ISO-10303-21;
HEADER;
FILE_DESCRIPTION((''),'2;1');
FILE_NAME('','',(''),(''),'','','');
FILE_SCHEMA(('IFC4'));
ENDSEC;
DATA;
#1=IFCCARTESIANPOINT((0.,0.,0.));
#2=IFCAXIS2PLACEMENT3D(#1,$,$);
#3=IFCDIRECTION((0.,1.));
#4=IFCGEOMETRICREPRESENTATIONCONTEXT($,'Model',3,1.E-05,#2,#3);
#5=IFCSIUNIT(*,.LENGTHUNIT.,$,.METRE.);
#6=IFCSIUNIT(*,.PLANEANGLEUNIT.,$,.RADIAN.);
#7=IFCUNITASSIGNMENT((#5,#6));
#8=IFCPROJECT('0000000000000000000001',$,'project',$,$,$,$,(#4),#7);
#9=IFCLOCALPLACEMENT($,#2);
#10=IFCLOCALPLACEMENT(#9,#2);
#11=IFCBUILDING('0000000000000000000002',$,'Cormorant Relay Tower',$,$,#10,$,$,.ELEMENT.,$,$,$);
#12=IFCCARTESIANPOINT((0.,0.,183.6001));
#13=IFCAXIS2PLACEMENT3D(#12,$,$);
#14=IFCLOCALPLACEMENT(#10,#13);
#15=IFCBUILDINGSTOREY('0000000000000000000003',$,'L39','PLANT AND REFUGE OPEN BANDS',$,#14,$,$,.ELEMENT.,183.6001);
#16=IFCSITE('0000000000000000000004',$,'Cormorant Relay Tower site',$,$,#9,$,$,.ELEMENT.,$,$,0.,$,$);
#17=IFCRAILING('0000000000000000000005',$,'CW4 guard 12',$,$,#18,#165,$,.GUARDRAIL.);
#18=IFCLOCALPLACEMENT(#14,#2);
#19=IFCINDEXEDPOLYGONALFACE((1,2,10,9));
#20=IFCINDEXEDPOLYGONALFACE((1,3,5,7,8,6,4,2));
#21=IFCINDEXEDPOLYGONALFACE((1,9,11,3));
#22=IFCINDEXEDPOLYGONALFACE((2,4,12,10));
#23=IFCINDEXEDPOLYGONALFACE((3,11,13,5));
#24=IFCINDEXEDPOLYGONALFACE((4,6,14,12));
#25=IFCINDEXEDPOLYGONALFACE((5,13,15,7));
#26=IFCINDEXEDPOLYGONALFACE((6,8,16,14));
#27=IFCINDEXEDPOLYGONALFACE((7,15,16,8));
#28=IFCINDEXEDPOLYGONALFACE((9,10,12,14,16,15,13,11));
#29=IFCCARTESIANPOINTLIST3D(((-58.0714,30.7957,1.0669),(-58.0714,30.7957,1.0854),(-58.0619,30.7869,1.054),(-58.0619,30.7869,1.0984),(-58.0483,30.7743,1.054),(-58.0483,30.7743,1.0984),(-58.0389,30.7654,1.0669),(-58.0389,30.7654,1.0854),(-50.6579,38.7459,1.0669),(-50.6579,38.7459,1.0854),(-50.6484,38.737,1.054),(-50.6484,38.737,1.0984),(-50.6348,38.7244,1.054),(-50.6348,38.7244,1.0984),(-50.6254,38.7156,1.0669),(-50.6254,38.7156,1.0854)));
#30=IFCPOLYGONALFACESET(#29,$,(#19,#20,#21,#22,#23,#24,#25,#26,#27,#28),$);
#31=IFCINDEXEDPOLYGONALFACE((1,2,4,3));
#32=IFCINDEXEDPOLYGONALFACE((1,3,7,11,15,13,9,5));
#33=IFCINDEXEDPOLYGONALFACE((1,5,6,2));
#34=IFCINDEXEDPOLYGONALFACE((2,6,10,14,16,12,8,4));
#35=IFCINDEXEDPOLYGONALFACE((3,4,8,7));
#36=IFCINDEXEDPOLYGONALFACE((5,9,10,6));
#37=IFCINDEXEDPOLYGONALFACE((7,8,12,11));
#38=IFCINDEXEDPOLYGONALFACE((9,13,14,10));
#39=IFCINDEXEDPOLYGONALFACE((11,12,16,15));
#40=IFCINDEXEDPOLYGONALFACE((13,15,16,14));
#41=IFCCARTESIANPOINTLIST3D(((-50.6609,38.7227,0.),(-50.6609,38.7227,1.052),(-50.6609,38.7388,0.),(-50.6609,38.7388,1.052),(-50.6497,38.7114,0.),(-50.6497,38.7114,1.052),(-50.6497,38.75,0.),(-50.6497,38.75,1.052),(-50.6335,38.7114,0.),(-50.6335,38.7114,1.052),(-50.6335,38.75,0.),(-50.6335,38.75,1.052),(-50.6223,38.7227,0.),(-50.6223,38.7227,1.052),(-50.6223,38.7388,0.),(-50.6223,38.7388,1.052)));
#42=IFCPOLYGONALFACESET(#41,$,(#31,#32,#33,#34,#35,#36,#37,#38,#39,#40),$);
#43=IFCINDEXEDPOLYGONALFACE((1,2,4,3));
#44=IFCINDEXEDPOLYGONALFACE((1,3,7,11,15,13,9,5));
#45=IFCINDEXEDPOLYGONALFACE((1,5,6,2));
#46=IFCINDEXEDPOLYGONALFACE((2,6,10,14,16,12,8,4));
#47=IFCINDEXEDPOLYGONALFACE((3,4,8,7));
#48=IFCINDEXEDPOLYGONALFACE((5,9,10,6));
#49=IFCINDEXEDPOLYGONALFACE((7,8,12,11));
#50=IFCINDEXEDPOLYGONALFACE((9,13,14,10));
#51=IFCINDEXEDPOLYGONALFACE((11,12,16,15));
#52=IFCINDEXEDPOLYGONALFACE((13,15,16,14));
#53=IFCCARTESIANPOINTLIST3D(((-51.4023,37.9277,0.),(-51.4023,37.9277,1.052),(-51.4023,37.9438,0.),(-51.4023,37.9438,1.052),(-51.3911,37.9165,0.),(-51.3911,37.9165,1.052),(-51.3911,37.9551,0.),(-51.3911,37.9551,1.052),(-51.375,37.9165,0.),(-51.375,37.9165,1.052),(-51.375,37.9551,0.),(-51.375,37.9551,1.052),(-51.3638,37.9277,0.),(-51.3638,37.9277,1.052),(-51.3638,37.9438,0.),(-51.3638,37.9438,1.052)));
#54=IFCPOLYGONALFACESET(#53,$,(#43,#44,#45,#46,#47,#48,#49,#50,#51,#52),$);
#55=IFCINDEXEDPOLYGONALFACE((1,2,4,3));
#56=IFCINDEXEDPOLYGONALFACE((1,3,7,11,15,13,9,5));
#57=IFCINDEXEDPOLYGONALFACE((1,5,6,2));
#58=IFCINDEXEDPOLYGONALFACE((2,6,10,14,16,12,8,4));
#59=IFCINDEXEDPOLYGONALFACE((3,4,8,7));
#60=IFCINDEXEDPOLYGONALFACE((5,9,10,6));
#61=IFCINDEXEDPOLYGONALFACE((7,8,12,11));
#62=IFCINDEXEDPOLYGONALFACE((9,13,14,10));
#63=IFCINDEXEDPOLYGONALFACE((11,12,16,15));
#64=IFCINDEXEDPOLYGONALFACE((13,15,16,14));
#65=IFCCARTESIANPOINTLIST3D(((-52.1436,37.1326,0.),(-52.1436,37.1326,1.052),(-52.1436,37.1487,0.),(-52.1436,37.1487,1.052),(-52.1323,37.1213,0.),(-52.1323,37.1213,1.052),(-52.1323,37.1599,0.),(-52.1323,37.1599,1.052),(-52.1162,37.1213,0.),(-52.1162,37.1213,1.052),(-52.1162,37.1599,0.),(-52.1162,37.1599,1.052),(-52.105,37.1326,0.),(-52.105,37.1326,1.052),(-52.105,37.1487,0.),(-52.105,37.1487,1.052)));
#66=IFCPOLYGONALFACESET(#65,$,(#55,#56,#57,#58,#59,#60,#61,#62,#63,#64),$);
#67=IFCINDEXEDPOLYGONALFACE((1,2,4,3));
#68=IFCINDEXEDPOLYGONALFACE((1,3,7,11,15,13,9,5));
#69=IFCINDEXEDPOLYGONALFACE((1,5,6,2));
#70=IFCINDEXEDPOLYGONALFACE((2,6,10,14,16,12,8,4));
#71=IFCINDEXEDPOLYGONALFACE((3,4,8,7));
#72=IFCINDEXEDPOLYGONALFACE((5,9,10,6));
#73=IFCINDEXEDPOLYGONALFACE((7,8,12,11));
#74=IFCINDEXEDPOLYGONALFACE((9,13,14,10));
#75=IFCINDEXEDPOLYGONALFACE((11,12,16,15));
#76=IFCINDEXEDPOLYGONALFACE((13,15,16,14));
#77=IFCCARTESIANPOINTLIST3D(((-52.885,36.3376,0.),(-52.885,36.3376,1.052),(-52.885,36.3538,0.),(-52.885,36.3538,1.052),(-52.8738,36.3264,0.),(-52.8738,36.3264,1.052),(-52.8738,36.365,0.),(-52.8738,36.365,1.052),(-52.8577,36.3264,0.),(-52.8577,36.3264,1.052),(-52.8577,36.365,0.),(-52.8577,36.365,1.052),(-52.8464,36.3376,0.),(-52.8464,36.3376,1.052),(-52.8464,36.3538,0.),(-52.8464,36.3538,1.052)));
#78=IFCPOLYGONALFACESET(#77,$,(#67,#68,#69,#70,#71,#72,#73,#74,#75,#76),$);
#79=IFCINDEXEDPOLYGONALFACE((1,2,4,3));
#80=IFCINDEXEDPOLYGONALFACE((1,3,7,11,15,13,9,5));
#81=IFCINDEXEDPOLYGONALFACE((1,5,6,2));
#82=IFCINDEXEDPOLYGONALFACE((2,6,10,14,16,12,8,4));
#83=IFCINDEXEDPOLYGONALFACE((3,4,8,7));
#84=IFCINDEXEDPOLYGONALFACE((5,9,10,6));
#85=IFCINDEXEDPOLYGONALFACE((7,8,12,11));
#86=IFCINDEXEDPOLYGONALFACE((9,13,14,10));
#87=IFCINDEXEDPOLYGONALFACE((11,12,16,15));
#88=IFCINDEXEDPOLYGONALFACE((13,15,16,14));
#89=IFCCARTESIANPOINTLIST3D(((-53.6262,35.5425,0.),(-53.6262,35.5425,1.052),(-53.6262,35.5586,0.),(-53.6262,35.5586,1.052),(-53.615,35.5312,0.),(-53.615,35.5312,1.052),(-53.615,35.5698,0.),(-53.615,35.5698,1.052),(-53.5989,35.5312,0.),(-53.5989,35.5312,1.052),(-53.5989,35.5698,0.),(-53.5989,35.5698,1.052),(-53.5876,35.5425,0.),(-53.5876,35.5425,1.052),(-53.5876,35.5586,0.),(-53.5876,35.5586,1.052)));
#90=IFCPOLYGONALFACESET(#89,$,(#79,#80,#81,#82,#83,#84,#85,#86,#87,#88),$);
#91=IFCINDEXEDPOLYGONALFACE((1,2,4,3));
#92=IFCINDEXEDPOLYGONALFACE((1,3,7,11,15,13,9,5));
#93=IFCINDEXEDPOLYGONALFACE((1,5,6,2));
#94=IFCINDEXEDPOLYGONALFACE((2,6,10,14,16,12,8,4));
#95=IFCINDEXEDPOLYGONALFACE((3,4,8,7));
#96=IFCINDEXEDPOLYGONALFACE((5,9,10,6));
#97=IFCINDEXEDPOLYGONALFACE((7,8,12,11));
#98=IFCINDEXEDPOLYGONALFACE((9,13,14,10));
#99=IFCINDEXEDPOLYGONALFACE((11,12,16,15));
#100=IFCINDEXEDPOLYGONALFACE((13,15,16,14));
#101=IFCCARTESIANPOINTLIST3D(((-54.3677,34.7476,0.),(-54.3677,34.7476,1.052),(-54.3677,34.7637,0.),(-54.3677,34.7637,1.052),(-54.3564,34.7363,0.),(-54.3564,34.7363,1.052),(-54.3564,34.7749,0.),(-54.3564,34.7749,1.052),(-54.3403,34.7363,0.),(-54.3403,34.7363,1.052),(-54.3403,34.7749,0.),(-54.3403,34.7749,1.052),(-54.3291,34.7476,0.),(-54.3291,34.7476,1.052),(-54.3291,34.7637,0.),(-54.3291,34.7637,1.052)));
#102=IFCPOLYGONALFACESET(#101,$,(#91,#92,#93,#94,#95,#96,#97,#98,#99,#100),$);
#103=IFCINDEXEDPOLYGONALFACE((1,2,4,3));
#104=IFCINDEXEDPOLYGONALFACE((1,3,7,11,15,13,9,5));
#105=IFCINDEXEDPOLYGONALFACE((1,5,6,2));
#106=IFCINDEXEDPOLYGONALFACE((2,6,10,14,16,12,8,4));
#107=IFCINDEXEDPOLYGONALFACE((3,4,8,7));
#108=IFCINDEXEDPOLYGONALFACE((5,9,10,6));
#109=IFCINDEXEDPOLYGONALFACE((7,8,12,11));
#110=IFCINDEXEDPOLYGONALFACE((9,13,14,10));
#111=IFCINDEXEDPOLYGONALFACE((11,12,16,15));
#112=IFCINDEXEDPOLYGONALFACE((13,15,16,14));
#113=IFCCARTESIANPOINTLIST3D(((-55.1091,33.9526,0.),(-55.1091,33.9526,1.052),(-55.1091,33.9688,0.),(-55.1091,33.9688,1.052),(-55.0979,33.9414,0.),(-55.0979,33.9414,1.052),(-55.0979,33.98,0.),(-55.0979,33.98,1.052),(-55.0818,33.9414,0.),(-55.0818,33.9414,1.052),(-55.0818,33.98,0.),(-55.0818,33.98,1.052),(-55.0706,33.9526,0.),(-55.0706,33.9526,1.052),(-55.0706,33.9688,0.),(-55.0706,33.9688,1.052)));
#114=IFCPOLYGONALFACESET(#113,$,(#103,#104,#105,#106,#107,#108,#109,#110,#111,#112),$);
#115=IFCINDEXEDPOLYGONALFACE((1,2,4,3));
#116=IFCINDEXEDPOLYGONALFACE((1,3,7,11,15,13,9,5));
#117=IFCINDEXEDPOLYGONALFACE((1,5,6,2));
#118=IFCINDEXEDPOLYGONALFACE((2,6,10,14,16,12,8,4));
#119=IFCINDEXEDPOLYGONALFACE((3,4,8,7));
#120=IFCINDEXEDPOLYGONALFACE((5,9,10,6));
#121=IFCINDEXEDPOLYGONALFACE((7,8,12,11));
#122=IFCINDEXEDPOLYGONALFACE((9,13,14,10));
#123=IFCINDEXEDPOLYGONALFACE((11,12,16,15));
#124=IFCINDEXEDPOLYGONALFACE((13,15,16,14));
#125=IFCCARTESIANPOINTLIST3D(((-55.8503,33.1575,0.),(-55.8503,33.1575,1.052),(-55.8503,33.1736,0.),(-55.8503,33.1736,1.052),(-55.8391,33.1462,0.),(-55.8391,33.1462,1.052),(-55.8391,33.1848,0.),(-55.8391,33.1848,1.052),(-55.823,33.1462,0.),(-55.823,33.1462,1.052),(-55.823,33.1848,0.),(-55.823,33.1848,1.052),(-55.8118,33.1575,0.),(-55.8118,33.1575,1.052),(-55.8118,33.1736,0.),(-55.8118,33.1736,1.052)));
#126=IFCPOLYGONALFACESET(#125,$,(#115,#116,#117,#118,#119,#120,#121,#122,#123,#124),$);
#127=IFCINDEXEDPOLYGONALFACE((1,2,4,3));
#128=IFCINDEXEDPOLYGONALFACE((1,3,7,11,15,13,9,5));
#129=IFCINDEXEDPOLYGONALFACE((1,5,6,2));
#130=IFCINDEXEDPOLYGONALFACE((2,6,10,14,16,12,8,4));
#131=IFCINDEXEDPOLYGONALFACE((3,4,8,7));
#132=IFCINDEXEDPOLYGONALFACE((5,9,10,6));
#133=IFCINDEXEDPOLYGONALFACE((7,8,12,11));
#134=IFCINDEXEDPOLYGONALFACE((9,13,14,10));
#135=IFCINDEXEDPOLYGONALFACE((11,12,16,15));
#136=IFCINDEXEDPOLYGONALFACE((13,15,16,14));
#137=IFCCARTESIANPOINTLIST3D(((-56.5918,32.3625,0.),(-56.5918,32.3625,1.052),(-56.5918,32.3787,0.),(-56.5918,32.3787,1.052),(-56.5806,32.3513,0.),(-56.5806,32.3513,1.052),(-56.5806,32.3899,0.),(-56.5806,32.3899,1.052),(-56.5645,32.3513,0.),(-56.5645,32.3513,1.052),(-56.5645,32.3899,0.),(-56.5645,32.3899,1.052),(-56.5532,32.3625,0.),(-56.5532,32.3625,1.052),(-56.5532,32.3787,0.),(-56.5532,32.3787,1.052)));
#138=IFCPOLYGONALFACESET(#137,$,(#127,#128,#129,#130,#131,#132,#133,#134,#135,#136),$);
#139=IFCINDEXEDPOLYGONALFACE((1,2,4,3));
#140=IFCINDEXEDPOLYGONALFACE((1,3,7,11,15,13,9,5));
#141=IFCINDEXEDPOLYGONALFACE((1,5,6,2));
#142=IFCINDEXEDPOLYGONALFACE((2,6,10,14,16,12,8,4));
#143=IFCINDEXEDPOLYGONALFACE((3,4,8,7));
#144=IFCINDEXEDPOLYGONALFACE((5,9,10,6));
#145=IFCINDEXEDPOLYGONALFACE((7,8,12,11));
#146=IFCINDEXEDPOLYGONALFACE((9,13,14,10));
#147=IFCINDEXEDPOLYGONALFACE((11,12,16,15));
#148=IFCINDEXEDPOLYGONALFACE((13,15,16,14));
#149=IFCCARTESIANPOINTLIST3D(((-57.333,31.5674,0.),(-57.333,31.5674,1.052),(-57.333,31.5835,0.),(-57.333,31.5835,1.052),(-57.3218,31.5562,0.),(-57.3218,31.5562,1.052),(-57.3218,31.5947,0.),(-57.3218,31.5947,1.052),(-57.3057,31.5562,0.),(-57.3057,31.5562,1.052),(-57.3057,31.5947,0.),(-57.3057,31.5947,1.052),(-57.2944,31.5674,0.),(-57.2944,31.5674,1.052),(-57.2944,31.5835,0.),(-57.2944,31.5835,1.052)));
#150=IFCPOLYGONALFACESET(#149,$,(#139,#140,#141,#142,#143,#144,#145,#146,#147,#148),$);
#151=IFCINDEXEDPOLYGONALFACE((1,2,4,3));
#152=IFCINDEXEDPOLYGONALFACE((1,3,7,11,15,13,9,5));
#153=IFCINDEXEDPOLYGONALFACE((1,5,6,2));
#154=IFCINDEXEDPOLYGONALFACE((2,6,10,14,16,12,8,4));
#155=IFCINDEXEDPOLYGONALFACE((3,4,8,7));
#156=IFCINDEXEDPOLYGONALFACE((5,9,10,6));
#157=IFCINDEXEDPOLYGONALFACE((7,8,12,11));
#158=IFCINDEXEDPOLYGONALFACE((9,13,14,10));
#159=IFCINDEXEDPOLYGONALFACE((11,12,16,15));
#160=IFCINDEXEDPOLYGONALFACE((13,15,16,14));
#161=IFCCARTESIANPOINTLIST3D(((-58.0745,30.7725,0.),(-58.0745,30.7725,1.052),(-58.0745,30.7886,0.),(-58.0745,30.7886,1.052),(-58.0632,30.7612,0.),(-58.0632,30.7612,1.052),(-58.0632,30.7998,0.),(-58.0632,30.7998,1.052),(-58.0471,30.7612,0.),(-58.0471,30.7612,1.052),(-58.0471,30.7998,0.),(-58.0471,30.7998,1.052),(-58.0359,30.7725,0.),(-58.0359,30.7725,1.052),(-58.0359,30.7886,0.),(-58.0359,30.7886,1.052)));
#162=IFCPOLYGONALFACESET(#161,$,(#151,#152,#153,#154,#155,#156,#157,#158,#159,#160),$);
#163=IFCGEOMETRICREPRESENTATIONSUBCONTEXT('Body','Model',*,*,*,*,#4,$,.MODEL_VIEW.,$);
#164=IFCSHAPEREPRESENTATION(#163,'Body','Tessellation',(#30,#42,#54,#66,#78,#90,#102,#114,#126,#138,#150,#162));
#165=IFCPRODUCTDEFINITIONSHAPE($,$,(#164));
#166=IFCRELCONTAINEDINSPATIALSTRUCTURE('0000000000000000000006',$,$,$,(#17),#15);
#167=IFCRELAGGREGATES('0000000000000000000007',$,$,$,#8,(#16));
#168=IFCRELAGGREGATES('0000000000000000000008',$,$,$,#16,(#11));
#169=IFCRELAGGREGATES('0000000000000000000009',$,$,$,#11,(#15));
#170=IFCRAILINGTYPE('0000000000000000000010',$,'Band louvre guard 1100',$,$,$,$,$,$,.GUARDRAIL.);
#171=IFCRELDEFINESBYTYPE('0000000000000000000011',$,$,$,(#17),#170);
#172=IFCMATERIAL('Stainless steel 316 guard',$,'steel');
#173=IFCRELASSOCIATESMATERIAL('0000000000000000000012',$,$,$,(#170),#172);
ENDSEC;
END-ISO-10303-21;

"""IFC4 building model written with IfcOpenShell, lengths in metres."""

from ifc_helpers import new_model, si_unit, direction, frame, origin, place, context, subcontext, project, spatial, polyline, outline, extrude, material, type_object, element, save


model = new_model("IFC4")

# Units and contexts
model_context = context("Model", 3, precision=1e-05, world=origin(), true_north=direction((0.0, 1.0)))
body_context = subcontext(model_context, "Body", "Model", "MODEL_VIEW")
ifc_project = project(units=[si_unit("LENGTHUNIT", "METRE"), si_unit("PLANEANGLEUNIT", "RADIAN")], contexts=[model_context])

# Site, building, storey
site_placement = place(None, origin())
site = spatial("IfcSite", under=ifc_project, at=site_placement, Name="Cormorant Relay Tower site", CompositionType="ELEMENT", RefElevation=0.0)
building_placement = place(site_placement, origin())
building = spatial("IfcBuilding", under=site, at=building_placement, Name="Cormorant Relay Tower", CompositionType="ELEMENT")
storey_placement = place(building_placement, frame((0.0, 0.0, 183.6001)))
storey = spatial("IfcBuildingStorey", under=building, at=storey_placement, Name="L39", Description="PLANT AND REFUGE OPEN BANDS", CompositionType="ELEMENT", Elevation=183.6001)

# Railing
ifc_material_1 = material(Name="Stainless steel 316 guard", Category="steel")
railing_type = type_object("IfcRailingType", Name="Band louvre guard 1100", PredefinedType="GUARDRAIL", material=ifc_material_1)
railing_1_placement = place(storey_placement, frame((-50.6416, 38.7307, 0.0)))
element("IfcRailing", 1, at=railing_1_placement, inside=storey, type_object=railing_type, Name="CW4 guard 12", PredefinedType="GUARDRAIL", context=body_context, shape_type="SweptSolid", body=[
    extrude(outline(polyline([(0.0222, 0.0093), (0.0093, 0.0222), (-0.0093, 0.0222), (-0.0222, 0.0093), (-0.0222, -0.0093), (-0.0093, -0.0222), (0.0093, -0.0222), (0.0222, -0.0093), (0.0222, 0.0093)])), frame((0.0, 0.0, 1.0762), z_axis=(-0.681993, -0.731358, 0.0), x_axis=(0.731358, -0.681993, 0.0)), (0.0, 0.0, 1.0), 10.8704),
    extrude(outline(polyline([(0.0193, 0.0081), (0.0081, 0.0193), (-0.0081, 0.0193), (-0.0193, 0.0081), (-0.0193, -0.0081), (-0.0081, -0.0193), (0.0081, -0.0193), (0.0193, -0.0081), (0.0193, 0.0081)])), origin(), (0.0, 0.0, 1.0), 1.052),
    extrude(outline(polyline([(0.0193, 0.0081), (0.0081, 0.0193), (-0.0081, 0.0193), (-0.0193, 0.0081), (-0.0193, -0.0081), (-0.0081, -0.0193), (0.0081, -0.0193), (0.0193, -0.0081), (0.0193, 0.0081)])), frame((-0.7415, -0.7949, 0.0)), (0.0, 0.0, 1.0), 1.052),
    extrude(outline(polyline([(0.0193, 0.0081), (0.0081, 0.0193), (-0.0081, 0.0193), (-0.0193, 0.0081), (-0.0193, -0.0081), (-0.0081, -0.0193), (0.0081, -0.0193), (0.0193, -0.0081), (0.0193, 0.0081)])), frame((-1.4827, -1.5901, 0.0)), (0.0, 0.0, 1.0), 1.052),
    extrude(outline(polyline([(0.0193, 0.0081), (0.0081, 0.0193), (-0.0081, 0.0193), (-0.0193, 0.0081), (-0.0193, -0.0081), (-0.0081, -0.0193), (0.0081, -0.0193), (0.0193, -0.0081), (0.0193, 0.0081)])), frame((-2.2241, -2.385, 0.0)), (0.0, 0.0, 1.0), 1.052),
    extrude(outline(polyline([(0.0193, 0.0081), (0.0081, 0.0193), (-0.0081, 0.0193), (-0.0193, 0.0081), (-0.0193, -0.0081), (-0.0081, -0.0193), (0.0081, -0.0193), (0.0193, -0.0081), (0.0193, 0.0081)])), frame((-2.9653, -3.1802, 0.0)), (0.0, 0.0, 1.0), 1.052),
    extrude(outline(polyline([(0.0193, 0.0081), (0.0081, 0.0193), (-0.0081, 0.0193), (-0.0193, 0.0081), (-0.0193, -0.0081), (-0.0081, -0.0193), (0.0081, -0.0193), (0.0193, -0.0081), (0.0193, 0.0081)])), frame((-3.7068, -3.9751, 0.0)), (0.0, 0.0, 1.0), 1.052),
    extrude(outline(polyline([(0.0193, 0.0081), (0.0081, 0.0193), (-0.0081, 0.0193), (-0.0193, 0.0081), (-0.0193, -0.0081), (-0.0081, -0.0193), (0.0081, -0.0193), (0.0193, -0.0081), (0.0193, 0.0081)])), frame((-4.4482, -4.77, 0.0)), (0.0, 0.0, 1.0), 1.052),
    extrude(outline(polyline([(0.0193, 0.0081), (0.0081, 0.0193), (-0.0081, 0.0193), (-0.0193, 0.0081), (-0.0193, -0.0081), (-0.0081, -0.0193), (0.0081, -0.0193), (0.0193, -0.0081), (0.0193, 0.0081)])), frame((-5.1895, -5.5652, 0.0)), (0.0, 0.0, 1.0), 1.052),
    extrude(outline(polyline([(0.0193, 0.0081), (0.0081, 0.0193), (-0.0081, 0.0193), (-0.0193, 0.0081), (-0.0193, -0.0081), (-0.0081, -0.0193), (0.0081, -0.0193), (0.0193, -0.0081), (0.0193, 0.0081)])), frame((-5.9309, -6.3601, 0.0)), (0.0, 0.0, 1.0), 1.052),
    extrude(outline(polyline([(0.0193, 0.0081), (0.0081, 0.0193), (-0.0081, 0.0193), (-0.0193, 0.0081), (-0.0193, -0.0081), (-0.0081, -0.0193), (0.0081, -0.0193), (0.0193, -0.0081), (0.0193, 0.0081)])), frame((-6.6721, -7.1553, 0.0)), (0.0, 0.0, 1.0), 1.052),
    extrude(outline(polyline([(0.0193, 0.0081), (0.0081, 0.0193), (-0.0081, 0.0193), (-0.0193, 0.0081), (-0.0193, -0.0081), (-0.0081, -0.0193), (0.0081, -0.0193), (0.0193, -0.0081), (0.0193, 0.0081)])), frame((-7.4136, -7.9502, 0.0)), (0.0, 0.0, 1.0), 1.052),
])

save(model, "model.ifc")
